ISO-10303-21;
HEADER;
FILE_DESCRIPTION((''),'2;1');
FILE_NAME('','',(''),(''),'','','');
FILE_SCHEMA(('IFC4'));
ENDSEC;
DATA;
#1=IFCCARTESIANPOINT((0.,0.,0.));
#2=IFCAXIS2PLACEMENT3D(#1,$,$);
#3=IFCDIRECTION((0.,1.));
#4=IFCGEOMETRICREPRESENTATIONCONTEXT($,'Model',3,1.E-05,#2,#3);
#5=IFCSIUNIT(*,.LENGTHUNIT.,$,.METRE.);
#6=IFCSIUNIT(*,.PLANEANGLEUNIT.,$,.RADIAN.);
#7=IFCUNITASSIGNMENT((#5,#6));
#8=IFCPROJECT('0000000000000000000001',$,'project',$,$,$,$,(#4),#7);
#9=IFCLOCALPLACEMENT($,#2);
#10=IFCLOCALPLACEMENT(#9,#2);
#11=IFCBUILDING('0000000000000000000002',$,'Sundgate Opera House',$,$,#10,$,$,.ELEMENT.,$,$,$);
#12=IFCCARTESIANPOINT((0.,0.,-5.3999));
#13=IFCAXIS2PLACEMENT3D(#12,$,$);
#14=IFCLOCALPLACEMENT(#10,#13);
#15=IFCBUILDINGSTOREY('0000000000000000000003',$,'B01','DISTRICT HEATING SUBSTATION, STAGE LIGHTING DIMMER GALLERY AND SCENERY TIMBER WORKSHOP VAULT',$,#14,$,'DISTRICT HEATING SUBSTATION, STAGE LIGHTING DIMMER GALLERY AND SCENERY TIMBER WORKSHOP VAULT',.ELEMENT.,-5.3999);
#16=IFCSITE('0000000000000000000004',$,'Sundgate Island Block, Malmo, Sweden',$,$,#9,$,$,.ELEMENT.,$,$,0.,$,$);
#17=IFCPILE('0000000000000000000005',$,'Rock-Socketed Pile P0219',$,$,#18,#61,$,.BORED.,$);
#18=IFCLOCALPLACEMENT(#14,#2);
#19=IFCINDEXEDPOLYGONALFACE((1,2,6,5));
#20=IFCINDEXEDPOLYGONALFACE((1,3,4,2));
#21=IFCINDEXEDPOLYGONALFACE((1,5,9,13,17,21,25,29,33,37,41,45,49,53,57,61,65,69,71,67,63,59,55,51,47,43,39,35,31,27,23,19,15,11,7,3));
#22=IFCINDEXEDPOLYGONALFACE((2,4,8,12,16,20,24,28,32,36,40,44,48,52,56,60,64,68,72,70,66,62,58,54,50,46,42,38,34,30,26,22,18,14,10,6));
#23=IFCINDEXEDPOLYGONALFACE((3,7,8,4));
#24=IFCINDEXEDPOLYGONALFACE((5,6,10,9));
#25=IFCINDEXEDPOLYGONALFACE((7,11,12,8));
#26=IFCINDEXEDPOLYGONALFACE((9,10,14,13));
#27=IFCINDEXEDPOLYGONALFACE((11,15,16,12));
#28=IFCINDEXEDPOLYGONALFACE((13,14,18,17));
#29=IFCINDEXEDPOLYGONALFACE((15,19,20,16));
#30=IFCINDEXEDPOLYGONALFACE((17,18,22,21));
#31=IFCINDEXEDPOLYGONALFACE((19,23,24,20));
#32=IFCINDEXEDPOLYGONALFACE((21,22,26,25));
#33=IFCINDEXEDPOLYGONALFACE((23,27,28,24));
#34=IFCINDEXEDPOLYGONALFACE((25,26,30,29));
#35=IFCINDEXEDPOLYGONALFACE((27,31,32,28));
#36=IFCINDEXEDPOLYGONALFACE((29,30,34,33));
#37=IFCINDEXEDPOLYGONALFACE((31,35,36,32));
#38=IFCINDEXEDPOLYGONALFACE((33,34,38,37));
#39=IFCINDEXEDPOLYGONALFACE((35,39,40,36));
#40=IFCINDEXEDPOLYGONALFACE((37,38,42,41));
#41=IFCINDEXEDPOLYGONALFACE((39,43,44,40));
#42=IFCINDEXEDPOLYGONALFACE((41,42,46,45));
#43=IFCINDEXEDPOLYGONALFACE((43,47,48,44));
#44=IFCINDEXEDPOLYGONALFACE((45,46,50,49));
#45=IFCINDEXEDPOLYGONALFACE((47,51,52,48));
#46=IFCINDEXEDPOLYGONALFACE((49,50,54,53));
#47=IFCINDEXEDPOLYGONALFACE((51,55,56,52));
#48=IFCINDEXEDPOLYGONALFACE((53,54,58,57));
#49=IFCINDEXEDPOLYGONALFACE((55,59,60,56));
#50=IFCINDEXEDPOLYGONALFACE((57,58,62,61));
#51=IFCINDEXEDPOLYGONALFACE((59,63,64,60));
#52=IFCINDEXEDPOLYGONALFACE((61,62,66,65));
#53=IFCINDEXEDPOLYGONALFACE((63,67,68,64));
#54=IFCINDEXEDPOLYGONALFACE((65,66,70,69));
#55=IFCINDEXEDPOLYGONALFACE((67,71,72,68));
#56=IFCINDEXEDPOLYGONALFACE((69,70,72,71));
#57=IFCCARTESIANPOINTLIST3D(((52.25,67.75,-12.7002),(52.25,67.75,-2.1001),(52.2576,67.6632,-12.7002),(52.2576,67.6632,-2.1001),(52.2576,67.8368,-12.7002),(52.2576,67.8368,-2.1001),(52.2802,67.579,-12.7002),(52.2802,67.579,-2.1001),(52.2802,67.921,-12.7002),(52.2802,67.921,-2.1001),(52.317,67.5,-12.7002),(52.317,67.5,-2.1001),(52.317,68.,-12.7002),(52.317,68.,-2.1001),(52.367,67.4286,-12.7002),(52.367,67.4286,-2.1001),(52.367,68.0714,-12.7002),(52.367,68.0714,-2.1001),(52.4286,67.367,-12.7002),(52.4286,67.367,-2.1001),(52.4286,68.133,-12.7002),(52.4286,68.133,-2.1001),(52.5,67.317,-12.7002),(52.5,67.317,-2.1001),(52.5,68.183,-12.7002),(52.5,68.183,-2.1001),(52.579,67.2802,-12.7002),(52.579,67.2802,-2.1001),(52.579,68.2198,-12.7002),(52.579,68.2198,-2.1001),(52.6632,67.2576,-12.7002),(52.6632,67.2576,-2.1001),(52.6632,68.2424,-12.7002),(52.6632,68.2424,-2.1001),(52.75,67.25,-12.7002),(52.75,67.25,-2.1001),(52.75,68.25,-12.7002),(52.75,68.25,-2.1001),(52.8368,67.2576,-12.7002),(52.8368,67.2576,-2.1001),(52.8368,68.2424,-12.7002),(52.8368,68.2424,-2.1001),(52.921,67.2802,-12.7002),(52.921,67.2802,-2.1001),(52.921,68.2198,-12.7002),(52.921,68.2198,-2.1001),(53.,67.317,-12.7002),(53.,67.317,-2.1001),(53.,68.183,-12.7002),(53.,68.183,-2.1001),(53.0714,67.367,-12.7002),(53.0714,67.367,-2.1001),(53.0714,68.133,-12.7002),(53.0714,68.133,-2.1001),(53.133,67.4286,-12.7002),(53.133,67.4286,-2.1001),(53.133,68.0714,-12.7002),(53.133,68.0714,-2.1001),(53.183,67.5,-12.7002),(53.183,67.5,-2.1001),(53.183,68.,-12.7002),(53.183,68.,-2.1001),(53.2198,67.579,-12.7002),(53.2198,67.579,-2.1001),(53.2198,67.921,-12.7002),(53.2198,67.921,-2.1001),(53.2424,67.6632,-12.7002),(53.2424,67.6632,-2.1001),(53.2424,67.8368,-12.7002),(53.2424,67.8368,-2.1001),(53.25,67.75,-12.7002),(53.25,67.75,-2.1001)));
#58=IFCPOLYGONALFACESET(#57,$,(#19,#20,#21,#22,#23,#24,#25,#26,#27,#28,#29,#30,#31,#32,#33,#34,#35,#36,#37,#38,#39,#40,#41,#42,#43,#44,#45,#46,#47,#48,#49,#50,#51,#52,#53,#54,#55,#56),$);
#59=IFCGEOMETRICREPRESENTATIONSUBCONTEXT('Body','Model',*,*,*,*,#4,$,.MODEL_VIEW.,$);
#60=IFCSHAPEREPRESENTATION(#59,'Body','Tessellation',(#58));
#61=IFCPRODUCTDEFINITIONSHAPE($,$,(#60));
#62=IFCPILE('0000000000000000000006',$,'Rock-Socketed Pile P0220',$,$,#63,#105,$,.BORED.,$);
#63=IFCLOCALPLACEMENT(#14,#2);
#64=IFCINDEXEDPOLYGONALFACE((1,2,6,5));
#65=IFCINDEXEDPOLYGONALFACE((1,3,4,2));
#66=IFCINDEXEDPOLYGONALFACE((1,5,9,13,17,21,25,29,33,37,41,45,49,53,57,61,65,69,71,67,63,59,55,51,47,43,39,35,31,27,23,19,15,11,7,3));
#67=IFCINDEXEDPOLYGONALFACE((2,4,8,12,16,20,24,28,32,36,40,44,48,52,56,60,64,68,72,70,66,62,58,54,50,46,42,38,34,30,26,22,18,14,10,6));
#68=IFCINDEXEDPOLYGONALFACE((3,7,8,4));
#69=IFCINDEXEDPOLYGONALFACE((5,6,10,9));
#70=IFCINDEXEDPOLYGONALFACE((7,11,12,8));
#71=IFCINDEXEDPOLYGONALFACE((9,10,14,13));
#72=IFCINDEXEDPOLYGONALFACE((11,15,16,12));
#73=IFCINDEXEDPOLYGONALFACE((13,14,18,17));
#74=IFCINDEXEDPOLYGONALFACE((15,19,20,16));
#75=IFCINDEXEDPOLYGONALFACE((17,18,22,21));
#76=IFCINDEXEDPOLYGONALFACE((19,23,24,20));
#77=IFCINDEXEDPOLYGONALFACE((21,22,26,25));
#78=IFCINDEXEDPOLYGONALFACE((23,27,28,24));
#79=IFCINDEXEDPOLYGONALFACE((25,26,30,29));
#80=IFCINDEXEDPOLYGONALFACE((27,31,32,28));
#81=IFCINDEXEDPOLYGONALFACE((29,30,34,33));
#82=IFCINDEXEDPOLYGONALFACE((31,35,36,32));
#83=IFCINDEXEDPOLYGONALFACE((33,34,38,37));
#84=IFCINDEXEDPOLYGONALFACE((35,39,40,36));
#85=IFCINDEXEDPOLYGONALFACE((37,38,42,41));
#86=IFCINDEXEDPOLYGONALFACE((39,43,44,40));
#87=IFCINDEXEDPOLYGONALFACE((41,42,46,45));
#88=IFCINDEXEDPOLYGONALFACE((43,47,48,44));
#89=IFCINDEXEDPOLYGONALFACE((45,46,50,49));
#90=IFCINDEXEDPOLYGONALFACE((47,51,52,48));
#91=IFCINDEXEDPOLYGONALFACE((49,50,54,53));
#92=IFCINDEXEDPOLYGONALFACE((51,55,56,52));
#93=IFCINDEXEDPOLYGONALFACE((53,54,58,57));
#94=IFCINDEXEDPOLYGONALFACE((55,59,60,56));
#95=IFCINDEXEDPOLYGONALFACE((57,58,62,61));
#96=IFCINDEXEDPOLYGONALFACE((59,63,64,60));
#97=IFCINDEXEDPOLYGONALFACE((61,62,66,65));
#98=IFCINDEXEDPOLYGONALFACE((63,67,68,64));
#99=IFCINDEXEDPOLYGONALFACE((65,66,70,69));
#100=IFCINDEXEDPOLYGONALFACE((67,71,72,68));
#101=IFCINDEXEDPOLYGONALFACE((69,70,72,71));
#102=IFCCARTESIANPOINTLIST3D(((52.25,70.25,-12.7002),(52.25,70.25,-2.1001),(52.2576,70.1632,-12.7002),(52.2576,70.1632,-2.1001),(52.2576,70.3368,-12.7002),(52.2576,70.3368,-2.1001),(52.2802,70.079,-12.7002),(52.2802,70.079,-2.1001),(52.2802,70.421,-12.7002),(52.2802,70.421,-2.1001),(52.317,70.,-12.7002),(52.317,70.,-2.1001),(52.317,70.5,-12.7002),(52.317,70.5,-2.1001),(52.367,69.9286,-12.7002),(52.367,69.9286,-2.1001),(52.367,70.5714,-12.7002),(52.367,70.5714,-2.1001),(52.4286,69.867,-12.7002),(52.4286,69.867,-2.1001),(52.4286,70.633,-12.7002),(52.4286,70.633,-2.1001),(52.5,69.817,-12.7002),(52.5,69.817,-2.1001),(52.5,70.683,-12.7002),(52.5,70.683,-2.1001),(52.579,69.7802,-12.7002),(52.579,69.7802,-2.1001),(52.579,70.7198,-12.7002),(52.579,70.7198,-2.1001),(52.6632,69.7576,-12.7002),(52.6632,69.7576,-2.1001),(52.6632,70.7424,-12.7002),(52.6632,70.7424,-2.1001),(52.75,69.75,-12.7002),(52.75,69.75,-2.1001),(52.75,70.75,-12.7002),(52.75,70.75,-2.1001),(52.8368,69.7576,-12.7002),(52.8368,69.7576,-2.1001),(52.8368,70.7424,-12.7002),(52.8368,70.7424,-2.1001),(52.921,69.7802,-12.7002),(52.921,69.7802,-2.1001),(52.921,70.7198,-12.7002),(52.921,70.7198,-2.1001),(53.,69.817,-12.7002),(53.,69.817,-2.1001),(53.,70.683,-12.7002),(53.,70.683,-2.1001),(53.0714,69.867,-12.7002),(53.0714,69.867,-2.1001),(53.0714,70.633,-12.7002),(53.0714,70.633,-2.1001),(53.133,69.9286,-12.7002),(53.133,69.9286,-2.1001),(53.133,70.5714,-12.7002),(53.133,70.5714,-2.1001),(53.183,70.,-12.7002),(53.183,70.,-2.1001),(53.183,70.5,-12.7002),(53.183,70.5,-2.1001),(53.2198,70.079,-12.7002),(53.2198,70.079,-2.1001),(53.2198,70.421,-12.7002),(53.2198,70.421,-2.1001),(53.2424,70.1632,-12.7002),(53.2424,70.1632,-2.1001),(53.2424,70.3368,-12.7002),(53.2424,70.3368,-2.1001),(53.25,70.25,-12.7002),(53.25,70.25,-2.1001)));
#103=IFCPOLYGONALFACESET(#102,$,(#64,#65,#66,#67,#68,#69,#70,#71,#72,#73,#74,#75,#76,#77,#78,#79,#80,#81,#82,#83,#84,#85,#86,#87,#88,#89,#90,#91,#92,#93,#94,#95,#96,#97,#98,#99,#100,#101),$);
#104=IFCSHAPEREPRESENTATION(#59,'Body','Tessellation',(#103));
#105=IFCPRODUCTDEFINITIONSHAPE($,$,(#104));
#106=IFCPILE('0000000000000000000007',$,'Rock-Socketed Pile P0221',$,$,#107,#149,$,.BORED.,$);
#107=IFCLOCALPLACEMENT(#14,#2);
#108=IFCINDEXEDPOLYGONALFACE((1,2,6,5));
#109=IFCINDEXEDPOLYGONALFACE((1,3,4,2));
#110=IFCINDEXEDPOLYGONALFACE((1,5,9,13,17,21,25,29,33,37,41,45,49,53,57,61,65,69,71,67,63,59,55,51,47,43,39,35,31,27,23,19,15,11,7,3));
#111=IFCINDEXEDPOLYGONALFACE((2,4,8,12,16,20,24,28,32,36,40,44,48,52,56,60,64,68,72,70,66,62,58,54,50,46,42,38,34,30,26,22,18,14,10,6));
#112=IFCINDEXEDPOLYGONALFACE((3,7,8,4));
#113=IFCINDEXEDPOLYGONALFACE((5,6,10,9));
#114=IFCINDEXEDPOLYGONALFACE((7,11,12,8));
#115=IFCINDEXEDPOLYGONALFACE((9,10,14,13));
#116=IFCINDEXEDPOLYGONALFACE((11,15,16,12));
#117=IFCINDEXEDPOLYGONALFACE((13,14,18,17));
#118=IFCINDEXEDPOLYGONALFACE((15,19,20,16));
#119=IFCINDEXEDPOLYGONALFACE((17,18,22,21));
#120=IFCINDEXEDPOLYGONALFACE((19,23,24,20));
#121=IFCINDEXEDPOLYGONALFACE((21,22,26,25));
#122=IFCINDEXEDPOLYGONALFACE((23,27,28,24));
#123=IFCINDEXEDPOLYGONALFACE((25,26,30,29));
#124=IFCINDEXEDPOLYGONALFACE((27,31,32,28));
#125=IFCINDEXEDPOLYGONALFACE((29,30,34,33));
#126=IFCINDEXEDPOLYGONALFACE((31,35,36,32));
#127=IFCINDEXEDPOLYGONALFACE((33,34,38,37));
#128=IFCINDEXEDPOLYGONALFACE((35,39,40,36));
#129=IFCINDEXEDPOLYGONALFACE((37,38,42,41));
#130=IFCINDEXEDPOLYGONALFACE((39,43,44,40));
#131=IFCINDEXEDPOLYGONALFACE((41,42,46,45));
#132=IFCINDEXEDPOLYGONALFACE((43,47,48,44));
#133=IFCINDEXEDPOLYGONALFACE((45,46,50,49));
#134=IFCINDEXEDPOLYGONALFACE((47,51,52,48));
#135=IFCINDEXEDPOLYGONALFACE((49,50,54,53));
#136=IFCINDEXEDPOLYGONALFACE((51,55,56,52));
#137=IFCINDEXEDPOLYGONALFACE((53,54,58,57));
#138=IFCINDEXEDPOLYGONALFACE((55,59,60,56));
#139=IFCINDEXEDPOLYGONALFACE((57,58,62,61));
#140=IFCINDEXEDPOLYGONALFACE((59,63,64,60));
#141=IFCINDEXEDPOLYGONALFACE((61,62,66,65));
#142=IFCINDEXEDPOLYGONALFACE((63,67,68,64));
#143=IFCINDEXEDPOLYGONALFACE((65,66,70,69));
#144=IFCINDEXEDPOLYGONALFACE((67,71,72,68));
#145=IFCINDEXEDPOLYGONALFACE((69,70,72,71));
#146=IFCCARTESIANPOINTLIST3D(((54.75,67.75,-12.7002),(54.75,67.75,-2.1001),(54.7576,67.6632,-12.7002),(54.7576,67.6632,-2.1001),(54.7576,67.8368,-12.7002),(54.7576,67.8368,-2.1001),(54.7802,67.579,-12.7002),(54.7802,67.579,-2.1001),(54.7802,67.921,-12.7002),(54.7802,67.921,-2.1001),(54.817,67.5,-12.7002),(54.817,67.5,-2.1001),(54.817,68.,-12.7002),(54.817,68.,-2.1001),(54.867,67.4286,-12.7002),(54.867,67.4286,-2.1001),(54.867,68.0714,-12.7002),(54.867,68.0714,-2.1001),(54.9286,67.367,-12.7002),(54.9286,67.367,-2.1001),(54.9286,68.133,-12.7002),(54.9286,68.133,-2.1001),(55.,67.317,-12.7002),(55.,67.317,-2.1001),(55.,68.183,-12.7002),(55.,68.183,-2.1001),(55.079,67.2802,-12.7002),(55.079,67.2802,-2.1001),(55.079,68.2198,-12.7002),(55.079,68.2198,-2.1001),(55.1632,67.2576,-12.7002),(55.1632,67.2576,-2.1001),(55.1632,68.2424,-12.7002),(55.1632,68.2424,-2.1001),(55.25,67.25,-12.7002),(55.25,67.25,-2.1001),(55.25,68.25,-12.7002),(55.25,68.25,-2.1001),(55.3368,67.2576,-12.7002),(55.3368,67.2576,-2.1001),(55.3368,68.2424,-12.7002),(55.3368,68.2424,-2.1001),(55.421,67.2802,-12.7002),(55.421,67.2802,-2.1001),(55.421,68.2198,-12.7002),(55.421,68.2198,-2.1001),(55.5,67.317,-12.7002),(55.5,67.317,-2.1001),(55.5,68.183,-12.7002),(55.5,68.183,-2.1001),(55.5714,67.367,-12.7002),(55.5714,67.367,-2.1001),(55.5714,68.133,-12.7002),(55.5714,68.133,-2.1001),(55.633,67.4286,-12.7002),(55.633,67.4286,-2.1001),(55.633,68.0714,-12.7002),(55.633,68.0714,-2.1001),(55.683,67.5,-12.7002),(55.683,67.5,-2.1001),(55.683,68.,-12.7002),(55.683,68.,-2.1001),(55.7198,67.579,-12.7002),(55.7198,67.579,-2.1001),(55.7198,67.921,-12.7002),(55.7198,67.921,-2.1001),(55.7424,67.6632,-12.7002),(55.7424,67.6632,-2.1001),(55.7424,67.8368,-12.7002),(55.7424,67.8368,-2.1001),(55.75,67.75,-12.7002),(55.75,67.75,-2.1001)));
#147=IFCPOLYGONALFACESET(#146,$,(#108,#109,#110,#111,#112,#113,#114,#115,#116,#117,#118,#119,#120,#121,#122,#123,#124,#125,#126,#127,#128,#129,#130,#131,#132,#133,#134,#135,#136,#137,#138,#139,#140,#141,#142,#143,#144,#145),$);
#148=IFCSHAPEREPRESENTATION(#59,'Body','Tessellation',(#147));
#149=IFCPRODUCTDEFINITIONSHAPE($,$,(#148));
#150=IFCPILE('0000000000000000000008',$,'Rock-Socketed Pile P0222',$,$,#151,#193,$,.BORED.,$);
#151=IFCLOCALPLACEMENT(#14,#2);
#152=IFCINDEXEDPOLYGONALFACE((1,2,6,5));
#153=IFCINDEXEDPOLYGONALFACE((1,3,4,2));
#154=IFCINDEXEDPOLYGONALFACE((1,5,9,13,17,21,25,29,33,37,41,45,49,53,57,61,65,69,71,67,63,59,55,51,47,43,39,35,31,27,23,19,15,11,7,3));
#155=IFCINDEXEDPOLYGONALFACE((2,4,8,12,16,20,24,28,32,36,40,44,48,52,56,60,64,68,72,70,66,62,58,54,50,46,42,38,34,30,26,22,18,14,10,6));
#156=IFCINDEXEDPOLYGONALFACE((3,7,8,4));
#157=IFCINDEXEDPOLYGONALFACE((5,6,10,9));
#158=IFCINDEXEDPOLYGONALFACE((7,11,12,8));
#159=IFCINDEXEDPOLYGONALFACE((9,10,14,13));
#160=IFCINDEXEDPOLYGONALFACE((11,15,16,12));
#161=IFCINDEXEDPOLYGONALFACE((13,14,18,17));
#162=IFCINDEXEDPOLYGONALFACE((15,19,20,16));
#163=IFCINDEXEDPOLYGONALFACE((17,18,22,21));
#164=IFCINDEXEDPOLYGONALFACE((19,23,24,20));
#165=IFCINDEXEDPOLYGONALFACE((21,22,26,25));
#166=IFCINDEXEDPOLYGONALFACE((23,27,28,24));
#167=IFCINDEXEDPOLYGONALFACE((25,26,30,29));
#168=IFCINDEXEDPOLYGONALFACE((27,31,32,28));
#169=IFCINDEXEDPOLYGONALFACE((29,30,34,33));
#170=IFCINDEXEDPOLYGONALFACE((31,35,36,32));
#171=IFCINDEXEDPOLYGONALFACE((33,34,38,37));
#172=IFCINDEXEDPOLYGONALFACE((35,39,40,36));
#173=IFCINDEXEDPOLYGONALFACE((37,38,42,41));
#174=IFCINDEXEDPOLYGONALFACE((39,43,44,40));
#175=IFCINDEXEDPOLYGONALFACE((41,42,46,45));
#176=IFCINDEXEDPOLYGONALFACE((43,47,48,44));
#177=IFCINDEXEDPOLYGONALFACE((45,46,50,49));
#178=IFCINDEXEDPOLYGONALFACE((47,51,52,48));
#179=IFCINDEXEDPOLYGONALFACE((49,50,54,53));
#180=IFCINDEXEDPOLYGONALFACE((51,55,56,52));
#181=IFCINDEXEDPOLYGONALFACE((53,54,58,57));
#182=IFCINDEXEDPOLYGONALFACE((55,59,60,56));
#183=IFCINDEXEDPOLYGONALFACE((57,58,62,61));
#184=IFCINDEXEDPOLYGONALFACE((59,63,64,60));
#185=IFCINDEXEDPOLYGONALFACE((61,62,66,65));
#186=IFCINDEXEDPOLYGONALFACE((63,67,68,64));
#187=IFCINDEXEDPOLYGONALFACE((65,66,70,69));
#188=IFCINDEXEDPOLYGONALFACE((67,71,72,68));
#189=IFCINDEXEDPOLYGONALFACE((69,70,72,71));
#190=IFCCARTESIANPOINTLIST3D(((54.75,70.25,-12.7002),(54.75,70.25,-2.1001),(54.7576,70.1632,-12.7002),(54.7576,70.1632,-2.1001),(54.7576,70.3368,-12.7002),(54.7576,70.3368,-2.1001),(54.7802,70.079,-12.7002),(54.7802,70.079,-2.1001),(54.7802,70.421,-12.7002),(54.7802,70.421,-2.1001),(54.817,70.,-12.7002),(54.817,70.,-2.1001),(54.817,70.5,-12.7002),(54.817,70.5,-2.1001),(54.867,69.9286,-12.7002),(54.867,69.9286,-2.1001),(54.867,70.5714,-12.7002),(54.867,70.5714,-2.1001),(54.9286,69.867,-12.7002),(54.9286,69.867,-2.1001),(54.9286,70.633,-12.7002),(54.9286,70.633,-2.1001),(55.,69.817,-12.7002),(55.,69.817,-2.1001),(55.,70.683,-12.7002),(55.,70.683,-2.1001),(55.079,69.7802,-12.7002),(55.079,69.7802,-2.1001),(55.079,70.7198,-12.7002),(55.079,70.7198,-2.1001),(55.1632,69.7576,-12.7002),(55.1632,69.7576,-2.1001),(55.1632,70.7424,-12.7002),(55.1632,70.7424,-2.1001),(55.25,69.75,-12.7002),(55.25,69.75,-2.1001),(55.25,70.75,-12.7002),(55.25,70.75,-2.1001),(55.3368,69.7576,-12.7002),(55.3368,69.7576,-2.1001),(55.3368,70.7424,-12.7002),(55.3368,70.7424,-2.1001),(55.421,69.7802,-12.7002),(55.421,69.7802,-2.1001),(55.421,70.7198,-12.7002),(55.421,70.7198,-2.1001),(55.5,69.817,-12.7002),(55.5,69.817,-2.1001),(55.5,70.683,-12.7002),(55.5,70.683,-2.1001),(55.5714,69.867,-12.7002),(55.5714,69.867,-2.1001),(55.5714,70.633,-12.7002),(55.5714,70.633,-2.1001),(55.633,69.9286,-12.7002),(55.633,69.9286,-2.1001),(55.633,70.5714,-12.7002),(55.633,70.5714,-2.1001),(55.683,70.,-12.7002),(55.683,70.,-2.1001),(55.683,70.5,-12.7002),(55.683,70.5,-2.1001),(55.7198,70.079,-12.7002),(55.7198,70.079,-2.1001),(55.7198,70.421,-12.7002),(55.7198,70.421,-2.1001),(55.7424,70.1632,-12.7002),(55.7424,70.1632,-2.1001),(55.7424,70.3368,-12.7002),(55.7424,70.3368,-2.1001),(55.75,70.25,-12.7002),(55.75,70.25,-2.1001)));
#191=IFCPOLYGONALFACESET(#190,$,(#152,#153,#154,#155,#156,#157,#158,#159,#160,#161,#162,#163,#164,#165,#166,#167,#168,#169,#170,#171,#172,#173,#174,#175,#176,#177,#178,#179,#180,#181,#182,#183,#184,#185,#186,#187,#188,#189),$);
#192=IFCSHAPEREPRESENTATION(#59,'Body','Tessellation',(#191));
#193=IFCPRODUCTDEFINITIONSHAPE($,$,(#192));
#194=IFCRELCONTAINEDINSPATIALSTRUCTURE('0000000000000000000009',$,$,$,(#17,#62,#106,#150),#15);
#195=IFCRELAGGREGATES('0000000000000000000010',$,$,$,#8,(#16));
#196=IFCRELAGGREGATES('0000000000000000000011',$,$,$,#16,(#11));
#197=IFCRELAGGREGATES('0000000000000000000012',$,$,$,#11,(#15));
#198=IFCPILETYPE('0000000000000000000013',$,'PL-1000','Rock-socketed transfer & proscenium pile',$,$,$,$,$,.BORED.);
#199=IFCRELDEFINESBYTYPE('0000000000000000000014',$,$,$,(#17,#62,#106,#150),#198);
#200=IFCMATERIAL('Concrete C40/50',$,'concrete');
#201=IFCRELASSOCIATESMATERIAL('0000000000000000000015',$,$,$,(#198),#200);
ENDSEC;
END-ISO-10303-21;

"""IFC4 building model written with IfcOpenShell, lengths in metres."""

from ifc_helpers import new_model, si_unit, direction, frame, origin, origin_2d, place, context, subcontext, project, spatial, circle, extrude, material, material_profile, profile_set, type_object, element, save


model = new_model("IFC4")

# Units and contexts
model_context = context("Model", 3, precision=1e-05, world=origin(), true_north=direction((0.0, 1.0)))
body_context = subcontext(model_context, "Body", "Model", "MODEL_VIEW")
ifc_project = project(units=[si_unit("LENGTHUNIT", "METRE"), si_unit("PLANEANGLEUNIT", "RADIAN")], contexts=[model_context])

# Site, building, storey
site_placement = place(None, origin())
site = spatial("IfcSite", under=ifc_project, at=site_placement, Name="Sundgate Island Block, Malmo, Sweden", CompositionType="ELEMENT", RefElevation=0.0)
building_placement = place(site_placement, origin())
building = spatial("IfcBuilding", under=site, at=building_placement, Name="Sundgate Opera House", CompositionType="ELEMENT")
storey_placement = place(building_placement, frame((0.0, 0.0, -5.3999)))
storey = spatial("IfcBuildingStorey", under=building, at=storey_placement, Name="B01", Description="DISTRICT HEATING SUBSTATION, STAGE LIGHTING DIMMER GALLERY AND SCENERY TIMBER WORKSHOP VAULT", LongName="DISTRICT HEATING SUBSTATION, STAGE LIGHTING DIMMER GALLERY AND SCENERY TIMBER WORKSHOP VAULT", CompositionType="ELEMENT", Elevation=-5.3999)

# Piles
ifc_material_1 = material(Name="Concrete C40/50", Category="concrete")
ifc_material_profile_1 = material_profile(ifc_material_1, circle(Radius=0.5, at=origin_2d()), Name="PILE D1000")
ifc_profile_set_1 = profile_set([ifc_material_profile_1], Name="Concrete C40/50")
pile_type_1 = type_object("IfcPileType", Name="PL-1000", Description="Rock-socketed transfer & proscenium pile", PredefinedType="BORED", material=ifc_profile_set_1)
for number, where, z_axis, x_axis, name in (
    (1, (52.75, 67.75, -2.1001), (0.0, 0.0, -1.0), (1.0, 0.0, 0.0), "Rock-Socketed Pile P0219"),
    (2, (52.75, 70.25, -2.1001), (0.0, 0.0, -1.0), (1.0, 0.0, 0.0), "Rock-Socketed Pile P0220"),
    (3, (55.25, 67.75, -2.1001), (0.0, 0.0, -1.0), (1.0, 0.0, 0.0), "Rock-Socketed Pile P0221"),
    (4, (55.25, 70.25, -2.1001), (0.0, 0.0, -1.0), (1.0, 0.0, 0.0), "Rock-Socketed Pile P0222"),
):
    element("IfcPile", number, at=place(storey_placement, frame(where, z_axis=z_axis, x_axis=x_axis)), inside=storey, type_object=pile_type_1, Name=name, PredefinedType="BORED", context=body_context, shape_type="SweptSolid", body=[
        extrude(circle(Radius=0.5, at=origin_2d()), origin(), (0.0, 0.0, 1.0), 10.6001),
    ])

save(model, "model.ifc")
